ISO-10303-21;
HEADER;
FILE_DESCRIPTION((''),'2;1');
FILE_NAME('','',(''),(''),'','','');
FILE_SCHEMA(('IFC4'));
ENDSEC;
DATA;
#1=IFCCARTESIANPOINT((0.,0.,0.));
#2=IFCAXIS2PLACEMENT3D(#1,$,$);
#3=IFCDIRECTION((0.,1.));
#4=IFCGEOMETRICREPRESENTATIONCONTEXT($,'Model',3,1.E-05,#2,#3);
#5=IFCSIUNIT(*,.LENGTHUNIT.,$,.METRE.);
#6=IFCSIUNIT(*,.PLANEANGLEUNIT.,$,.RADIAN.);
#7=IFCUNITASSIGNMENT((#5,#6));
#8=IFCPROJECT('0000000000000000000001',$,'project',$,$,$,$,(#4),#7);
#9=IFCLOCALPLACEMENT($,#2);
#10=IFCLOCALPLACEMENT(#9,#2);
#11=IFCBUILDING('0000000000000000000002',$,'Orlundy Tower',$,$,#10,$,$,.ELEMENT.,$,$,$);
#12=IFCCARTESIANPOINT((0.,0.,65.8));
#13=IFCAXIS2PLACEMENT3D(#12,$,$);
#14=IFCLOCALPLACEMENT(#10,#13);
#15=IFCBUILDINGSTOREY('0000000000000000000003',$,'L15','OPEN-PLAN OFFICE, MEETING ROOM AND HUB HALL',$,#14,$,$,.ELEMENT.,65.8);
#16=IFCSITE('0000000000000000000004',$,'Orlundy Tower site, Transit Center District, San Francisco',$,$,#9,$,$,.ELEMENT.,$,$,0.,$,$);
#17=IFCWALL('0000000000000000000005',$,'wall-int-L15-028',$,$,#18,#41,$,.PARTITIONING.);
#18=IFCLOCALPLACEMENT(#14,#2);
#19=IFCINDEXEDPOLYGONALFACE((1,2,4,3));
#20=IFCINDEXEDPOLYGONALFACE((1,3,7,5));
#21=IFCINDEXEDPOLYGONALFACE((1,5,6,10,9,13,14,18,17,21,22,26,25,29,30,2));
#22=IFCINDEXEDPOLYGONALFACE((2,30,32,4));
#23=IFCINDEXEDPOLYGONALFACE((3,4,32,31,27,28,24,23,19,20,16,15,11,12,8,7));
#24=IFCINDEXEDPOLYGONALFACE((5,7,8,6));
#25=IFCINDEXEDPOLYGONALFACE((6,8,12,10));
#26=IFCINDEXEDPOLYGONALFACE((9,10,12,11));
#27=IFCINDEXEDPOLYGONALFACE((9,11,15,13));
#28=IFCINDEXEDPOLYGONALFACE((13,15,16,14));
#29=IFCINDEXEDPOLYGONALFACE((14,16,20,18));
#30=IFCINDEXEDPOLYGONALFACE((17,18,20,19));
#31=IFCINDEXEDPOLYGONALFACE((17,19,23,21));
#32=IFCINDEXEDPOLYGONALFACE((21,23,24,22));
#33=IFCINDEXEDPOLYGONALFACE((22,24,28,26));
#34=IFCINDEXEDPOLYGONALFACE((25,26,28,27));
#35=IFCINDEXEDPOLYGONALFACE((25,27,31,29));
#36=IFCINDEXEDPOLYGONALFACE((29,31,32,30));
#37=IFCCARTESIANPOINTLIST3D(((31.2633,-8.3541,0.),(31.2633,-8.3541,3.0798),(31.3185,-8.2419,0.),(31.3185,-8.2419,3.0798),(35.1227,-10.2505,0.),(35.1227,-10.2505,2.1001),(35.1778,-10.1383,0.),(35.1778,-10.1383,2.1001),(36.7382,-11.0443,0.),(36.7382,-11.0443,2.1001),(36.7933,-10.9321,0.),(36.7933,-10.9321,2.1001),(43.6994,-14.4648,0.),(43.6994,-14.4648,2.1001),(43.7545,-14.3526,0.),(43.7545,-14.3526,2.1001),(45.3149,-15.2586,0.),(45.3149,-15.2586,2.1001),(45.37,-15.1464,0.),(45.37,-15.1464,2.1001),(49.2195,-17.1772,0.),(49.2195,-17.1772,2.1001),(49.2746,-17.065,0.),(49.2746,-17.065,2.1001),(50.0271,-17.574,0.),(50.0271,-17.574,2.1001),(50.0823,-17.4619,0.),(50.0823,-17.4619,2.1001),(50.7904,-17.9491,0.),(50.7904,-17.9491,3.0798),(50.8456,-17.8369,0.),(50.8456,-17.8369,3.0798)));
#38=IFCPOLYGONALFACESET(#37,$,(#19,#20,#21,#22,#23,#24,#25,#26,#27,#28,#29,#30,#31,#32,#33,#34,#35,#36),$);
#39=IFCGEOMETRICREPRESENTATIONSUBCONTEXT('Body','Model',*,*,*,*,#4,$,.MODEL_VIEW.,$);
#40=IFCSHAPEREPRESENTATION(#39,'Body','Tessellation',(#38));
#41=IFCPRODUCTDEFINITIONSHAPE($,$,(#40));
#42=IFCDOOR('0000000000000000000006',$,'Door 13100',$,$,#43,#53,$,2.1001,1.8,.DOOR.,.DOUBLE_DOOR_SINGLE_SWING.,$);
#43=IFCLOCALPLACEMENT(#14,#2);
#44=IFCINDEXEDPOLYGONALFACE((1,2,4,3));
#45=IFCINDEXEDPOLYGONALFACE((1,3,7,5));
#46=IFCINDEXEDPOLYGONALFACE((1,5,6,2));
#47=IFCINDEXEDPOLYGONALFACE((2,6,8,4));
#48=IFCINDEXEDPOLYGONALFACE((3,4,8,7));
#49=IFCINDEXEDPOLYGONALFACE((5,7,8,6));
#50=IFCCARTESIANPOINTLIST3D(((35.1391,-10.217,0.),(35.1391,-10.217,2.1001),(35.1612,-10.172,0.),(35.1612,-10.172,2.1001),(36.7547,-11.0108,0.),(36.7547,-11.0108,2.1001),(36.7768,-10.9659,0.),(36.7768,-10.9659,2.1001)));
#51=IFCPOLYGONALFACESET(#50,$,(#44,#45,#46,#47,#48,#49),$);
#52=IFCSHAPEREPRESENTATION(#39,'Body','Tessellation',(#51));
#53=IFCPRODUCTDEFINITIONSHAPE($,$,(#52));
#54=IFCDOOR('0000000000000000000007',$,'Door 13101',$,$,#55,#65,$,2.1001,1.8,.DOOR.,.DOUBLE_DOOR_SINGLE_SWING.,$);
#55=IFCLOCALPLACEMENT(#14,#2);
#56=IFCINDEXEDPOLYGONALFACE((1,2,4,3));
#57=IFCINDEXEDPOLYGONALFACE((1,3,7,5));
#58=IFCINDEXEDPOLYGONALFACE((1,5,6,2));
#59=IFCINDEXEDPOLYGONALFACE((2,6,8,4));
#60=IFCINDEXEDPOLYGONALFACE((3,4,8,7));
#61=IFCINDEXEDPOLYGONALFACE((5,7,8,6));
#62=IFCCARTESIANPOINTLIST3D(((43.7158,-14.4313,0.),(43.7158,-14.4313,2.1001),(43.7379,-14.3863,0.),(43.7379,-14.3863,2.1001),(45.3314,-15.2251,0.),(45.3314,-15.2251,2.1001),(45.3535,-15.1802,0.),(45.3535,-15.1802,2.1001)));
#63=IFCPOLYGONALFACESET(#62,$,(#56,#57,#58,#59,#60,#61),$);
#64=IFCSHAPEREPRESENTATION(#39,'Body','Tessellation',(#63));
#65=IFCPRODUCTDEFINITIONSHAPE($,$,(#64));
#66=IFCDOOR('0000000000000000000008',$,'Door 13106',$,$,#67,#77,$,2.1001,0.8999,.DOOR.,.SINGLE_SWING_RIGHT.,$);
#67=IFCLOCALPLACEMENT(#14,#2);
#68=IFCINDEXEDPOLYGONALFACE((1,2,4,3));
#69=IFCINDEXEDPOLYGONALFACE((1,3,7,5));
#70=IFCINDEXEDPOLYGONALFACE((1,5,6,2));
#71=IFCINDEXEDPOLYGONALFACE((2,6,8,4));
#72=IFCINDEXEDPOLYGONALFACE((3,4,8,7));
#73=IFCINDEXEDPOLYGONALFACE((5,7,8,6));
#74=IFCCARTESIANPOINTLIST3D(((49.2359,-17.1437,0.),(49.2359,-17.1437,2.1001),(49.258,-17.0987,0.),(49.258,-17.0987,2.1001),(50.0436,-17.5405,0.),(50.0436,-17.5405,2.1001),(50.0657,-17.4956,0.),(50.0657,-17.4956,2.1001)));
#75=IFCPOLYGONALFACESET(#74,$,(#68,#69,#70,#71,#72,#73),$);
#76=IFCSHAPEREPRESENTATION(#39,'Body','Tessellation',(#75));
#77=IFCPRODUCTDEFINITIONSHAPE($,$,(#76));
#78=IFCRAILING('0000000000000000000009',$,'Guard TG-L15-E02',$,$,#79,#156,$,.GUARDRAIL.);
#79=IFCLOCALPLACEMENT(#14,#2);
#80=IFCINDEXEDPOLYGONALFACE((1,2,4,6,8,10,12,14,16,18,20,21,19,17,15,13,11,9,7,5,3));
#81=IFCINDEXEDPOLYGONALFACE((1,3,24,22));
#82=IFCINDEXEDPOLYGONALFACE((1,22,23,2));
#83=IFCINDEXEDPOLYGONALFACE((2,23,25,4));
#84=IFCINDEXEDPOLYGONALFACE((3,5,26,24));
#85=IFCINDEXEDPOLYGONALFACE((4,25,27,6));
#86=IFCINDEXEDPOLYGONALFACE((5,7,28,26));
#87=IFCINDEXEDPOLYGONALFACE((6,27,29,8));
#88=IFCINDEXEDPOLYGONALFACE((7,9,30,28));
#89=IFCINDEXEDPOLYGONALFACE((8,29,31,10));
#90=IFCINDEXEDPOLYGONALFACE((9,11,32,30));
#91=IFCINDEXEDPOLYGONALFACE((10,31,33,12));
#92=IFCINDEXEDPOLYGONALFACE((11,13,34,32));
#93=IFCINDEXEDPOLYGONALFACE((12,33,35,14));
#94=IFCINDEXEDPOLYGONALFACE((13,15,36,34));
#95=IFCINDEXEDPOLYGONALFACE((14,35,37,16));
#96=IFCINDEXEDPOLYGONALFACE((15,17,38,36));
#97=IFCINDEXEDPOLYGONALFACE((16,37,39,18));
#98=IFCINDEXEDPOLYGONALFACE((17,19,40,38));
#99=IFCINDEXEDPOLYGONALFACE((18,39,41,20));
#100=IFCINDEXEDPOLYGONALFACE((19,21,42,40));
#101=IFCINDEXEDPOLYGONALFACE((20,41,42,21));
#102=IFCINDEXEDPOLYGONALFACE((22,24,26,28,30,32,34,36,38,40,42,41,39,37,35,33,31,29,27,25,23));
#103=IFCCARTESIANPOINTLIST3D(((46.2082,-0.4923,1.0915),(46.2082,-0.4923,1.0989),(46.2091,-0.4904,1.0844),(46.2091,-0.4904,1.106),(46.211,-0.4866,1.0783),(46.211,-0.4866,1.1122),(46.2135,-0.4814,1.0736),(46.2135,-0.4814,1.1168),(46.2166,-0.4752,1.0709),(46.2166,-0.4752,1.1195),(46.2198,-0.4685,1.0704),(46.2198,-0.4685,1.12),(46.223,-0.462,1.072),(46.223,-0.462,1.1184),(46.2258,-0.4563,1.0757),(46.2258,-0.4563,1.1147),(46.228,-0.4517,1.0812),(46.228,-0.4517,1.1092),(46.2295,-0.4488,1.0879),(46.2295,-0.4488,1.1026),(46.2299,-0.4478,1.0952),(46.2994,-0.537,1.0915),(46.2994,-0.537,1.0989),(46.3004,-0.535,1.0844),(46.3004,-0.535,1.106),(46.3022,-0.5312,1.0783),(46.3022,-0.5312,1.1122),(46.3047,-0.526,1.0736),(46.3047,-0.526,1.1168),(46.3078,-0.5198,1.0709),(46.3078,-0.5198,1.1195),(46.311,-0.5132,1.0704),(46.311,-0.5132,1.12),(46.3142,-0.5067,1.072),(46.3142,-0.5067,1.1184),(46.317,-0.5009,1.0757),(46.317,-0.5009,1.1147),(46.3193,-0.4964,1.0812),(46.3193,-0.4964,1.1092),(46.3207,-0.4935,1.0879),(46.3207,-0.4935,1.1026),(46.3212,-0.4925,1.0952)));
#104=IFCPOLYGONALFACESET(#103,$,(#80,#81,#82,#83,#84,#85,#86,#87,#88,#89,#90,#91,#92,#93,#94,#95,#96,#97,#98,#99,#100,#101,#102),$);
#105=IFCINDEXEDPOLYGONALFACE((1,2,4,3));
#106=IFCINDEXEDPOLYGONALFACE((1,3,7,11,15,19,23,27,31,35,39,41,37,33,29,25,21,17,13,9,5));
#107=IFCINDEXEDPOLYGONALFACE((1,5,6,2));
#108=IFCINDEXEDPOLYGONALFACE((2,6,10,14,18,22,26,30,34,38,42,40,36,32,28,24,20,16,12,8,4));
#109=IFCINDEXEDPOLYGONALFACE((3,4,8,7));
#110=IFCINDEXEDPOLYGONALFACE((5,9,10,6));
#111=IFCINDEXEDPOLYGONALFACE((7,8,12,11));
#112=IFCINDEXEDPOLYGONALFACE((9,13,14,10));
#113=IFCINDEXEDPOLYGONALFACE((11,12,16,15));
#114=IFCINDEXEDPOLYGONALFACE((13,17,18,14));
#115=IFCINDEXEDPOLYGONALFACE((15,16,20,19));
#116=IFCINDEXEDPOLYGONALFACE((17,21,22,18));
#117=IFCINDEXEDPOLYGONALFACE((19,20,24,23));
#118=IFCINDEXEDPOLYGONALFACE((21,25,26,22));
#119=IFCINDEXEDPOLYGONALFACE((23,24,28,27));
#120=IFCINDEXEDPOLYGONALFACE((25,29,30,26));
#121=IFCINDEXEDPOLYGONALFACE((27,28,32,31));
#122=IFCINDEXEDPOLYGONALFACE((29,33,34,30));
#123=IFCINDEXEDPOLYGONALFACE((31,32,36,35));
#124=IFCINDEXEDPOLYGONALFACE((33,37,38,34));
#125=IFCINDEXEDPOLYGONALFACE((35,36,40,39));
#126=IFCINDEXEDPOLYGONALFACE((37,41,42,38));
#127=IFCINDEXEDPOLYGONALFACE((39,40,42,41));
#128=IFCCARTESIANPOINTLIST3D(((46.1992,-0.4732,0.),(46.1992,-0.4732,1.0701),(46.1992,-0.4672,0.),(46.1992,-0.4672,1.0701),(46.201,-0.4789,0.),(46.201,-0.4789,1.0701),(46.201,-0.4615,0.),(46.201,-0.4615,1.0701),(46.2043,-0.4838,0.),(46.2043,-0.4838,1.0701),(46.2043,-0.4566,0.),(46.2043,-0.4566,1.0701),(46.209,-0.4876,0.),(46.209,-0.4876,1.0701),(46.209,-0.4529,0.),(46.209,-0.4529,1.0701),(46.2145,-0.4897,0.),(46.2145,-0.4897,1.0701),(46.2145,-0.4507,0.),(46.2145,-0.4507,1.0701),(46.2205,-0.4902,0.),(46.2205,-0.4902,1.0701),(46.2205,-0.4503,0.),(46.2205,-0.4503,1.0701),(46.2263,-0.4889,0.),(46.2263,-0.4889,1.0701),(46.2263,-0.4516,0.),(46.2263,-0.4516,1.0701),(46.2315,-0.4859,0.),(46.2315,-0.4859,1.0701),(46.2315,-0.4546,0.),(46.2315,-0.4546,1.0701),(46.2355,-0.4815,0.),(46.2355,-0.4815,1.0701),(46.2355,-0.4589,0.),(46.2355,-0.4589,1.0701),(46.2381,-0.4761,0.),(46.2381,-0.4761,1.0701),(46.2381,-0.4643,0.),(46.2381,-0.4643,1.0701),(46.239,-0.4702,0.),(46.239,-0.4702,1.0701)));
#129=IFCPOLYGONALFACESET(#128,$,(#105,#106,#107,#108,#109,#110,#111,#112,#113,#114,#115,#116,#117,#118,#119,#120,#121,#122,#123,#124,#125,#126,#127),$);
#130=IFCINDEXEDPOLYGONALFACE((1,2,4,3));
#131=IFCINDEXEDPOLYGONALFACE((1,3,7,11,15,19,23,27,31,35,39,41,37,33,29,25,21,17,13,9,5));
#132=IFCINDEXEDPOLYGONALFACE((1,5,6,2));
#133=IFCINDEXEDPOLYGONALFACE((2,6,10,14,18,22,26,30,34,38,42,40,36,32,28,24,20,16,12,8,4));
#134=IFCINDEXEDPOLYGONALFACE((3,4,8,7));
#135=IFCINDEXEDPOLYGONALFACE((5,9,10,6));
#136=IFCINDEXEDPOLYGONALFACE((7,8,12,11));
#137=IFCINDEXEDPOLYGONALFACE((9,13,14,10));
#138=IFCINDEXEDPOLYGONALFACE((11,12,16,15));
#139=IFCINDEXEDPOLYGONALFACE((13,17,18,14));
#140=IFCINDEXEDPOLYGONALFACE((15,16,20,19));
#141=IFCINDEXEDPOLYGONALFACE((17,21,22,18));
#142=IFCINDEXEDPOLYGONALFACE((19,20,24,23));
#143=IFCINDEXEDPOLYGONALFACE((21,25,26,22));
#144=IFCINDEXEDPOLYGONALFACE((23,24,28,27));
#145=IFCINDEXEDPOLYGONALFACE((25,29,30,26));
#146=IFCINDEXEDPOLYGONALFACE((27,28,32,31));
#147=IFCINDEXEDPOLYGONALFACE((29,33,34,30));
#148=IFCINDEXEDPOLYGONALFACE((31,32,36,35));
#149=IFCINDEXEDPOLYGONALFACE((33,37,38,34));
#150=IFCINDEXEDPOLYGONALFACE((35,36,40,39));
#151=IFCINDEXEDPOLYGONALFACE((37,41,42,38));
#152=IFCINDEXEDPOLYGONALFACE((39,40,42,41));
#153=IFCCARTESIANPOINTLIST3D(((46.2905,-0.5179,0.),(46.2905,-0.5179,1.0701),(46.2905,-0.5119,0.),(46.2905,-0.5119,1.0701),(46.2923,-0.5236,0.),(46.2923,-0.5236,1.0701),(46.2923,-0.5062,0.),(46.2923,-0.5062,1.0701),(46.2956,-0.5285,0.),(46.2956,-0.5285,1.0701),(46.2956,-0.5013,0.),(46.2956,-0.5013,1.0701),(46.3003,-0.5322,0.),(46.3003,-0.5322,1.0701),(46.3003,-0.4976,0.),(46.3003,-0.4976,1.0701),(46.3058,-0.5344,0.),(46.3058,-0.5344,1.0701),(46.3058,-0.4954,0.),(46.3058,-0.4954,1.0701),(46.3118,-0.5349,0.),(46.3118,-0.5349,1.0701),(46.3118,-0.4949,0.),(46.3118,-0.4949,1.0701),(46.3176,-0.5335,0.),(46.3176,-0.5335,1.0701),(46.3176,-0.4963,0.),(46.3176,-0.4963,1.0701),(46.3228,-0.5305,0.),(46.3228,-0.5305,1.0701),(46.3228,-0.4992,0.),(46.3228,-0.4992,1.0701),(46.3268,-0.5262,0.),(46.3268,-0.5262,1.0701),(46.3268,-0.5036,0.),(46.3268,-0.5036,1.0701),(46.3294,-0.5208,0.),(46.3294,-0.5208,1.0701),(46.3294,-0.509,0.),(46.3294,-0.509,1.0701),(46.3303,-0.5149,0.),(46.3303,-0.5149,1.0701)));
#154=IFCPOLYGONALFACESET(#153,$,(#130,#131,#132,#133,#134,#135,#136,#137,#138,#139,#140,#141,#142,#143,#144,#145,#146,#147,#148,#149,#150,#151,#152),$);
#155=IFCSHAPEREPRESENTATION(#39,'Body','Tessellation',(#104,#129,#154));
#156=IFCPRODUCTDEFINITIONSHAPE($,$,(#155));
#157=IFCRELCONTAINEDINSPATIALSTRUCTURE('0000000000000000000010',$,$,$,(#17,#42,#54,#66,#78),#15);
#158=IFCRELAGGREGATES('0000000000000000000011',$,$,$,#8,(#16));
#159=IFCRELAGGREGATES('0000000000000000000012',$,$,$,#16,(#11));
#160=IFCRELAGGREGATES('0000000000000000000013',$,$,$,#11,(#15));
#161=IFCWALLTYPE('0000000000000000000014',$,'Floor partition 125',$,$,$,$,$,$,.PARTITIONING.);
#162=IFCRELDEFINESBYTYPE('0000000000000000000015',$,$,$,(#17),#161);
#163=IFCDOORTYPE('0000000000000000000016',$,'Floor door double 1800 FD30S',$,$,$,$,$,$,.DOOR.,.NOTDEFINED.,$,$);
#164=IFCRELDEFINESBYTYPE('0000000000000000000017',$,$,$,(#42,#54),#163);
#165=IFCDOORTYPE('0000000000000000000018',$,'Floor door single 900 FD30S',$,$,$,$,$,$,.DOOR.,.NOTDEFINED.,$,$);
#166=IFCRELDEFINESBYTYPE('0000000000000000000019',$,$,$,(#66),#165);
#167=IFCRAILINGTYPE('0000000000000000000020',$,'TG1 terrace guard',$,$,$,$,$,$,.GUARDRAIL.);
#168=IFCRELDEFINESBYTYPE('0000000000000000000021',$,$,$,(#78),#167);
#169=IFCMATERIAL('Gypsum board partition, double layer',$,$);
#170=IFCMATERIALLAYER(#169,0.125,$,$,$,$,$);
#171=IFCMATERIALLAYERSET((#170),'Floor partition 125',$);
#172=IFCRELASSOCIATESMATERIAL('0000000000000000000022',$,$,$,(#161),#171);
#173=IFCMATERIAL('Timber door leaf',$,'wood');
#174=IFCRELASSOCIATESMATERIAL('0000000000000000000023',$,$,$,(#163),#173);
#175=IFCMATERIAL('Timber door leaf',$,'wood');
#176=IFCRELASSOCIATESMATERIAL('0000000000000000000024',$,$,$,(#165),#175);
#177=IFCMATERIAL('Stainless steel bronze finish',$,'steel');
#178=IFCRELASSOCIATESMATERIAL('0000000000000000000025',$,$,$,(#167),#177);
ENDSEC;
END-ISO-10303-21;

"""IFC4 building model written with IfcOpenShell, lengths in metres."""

from ifc_helpers import new_model, si_unit, direction, frame, frame_2d, origin, origin_2d, place, context, subcontext, project, spatial, rectangle, circle, extrude, material, layer, layer_set, type_object, element, fill, save


model = new_model("IFC4")

# Units and contexts
model_context = context("Model", 3, precision=1e-05, world=origin(), true_north=direction((0.0, 1.0)))
body_context = subcontext(model_context, "Body", "Model", "MODEL_VIEW")
ifc_project = project(units=[si_unit("LENGTHUNIT", "METRE"), si_unit("PLANEANGLEUNIT", "RADIAN")], contexts=[model_context])

# Site, building, storey
site_placement = place(None, origin())
site = spatial("IfcSite", under=ifc_project, at=site_placement, Name="Orlundy Tower site, Transit Center District, San Francisco", CompositionType="ELEMENT", RefElevation=0.0)
building_placement = place(site_placement, origin())
building = spatial("IfcBuilding", under=site, at=building_placement, Name="Orlundy Tower", CompositionType="ELEMENT")
storey_placement = place(building_placement, frame((0.0, 0.0, 65.8)))
storey = spatial("IfcBuildingStorey", under=building, at=storey_placement, Name="L15", Description="OPEN-PLAN OFFICE, MEETING ROOM AND HUB HALL", CompositionType="ELEMENT", Elevation=65.8)

# Wall, openings, doors
ifc_material_1 = material(Name="Gypsum board partition, double layer")
ifc_layer_1 = layer(ifc_material_1, 0.125)
ifc_layer_set_1 = layer_set([ifc_layer_1], Name="Floor partition 125")
wall_type_1 = type_object("IfcWallType", Name="Floor partition 125", PredefinedType="PARTITIONING", material=ifc_layer_set_1)
wall_1_placement = place(storey_placement, frame((31.291, -8.2981, 0.0), z_axis=(0.0, 0.0, 1.0), x_axis=(0.897505, -0.441004, 0.0)))
wall_1 = element("IfcWall", 1, at=wall_1_placement, inside=storey, type_object=wall_type_1, Name="wall-int-L15-028", PredefinedType="PARTITIONING", context=body_context, shape_type="SweptSolid", body=[
    extrude(rectangle(XDim=21.7571, YDim=0.125, at=frame_2d((10.8784, 0.0))), origin(), (0.0, 0.0, 1.0), 3.0798),
])
opening_1_placement = place(wall_1_placement, frame((4.3, 0.0, 0.0)))
opening_1 = element("IfcOpeningElement", 2, at=opening_1_placement, cuts=wall_1, PredefinedType="OPENING", context=body_context, shape_type="SweptSolid", body=[
    extrude(rectangle(XDim=1.8, YDim=2.1001, at=frame_2d((0.8999, 1.05))), frame((0.0, 0.0725, 0.0), z_axis=(0.0, -1.0, 0.0), x_axis=(1.0, 0.0, 0.0)), (0.0, 0.0, 1.0), 0.145),
])
opening_2_placement = place(wall_1_placement, frame((13.8562, 0.0, 0.0)))
opening_2 = element("IfcOpeningElement", 3, at=opening_2_placement, cuts=wall_1, PredefinedType="OPENING", context=body_context, shape_type="SweptSolid", body=[
    extrude(rectangle(XDim=1.8, YDim=2.1001, at=frame_2d((0.8999, 1.05))), frame((0.0, 0.0725, 0.0), z_axis=(0.0, -1.0, 0.0), x_axis=(1.0, 0.0, 0.0)), (0.0, 0.0, 1.0), 0.145),
])
opening_3_placement = place(wall_1_placement, frame((20.0066, 0.0, 0.0)))
opening_3 = element("IfcOpeningElement", 4, at=opening_3_placement, cuts=wall_1, PredefinedType="OPENING", context=body_context, shape_type="SweptSolid", body=[
    extrude(rectangle(XDim=0.8999, YDim=2.1001, at=frame_2d((0.45, 1.05))), frame((0.0, 0.0725, 0.0), z_axis=(0.0, -1.0, 0.0), x_axis=(1.0, 0.0, 0.0)), (0.0, 0.0, 1.0), 0.145),
])
ifc_material_2 = material(Name="Timber door leaf", Category="wood")
door_type_1 = type_object("IfcDoorType", Name="Floor door double 1800 FD30S", OperationType="NOTDEFINED", PredefinedType="DOOR", material=ifc_material_2)
door_1_placement = place(opening_1_placement, origin())
door_1 = element("IfcDoor", 5, at=door_1_placement, inside=storey, type_object=door_type_1, Name="Door 13100", OperationType="DOUBLE_DOOR_SINGLE_SWING", OverallHeight=2.1001, OverallWidth=1.8, PredefinedType="DOOR", context=body_context, shape_type="SweptSolid", body=[
    extrude(rectangle(XDim=1.8, YDim=2.1001, at=frame_2d((0.8999, 1.05))), frame((0.0, 0.0249, 0.0), z_axis=(0.0, -1.0, 0.0), x_axis=(1.0, 0.0, 0.0)), (0.0, 0.0, 1.0), 0.05),
])
fill(opening_1, door_1)
door_2_placement = place(opening_2_placement, origin())
door_2 = element("IfcDoor", 6, at=door_2_placement, inside=storey, type_object=door_type_1, Name="Door 13101", OperationType="DOUBLE_DOOR_SINGLE_SWING", OverallHeight=2.1001, OverallWidth=1.8, PredefinedType="DOOR", context=body_context, shape_type="SweptSolid", body=[
    extrude(rectangle(XDim=1.8, YDim=2.1001, at=frame_2d((0.8999, 1.05))), frame((0.0, 0.0249, 0.0), z_axis=(0.0, -1.0, 0.0), x_axis=(1.0, 0.0, 0.0)), (0.0, 0.0, 1.0), 0.05),
])
fill(opening_2, door_2)
ifc_material_3 = material(Name="Timber door leaf", Category="wood")
door_type_2 = type_object("IfcDoorType", Name="Floor door single 900 FD30S", OperationType="NOTDEFINED", PredefinedType="DOOR", material=ifc_material_3)
door_3_placement = place(opening_3_placement, origin())
door_3 = element("IfcDoor", 7, at=door_3_placement, inside=storey, type_object=door_type_2, Name="Door 13106", OperationType="SINGLE_SWING_RIGHT", OverallHeight=2.1001, OverallWidth=0.8999, PredefinedType="DOOR", context=body_context, shape_type="SweptSolid", body=[
    extrude(rectangle(XDim=0.8999, YDim=2.1001, at=frame_2d((0.45, 1.05))), frame((0.0, 0.0249, 0.0), z_axis=(0.0, -1.0, 0.0), x_axis=(1.0, 0.0, 0.0)), (0.0, 0.0, 1.0), 0.05),
])
fill(opening_3, door_3)

# Railing
ifc_material_4 = material(Name="Stainless steel bronze finish", Category="steel")
railing_type = type_object("IfcRailingType", Name="TG1 terrace guard", PredefinedType="GUARDRAIL", material=ifc_material_4)
railing_placement = place(storey_placement, frame((46.219, -0.4702, 0.0)))
element("IfcRailing", 8, at=railing_placement, inside=storey, type_object=railing_type, Name="Guard TG-L15-E02", PredefinedType="GUARDRAIL", context=body_context, shape_type="SweptSolid", body=[
    extrude(circle(Radius=0.0249, at=origin_2d()), frame((0.0, 0.0, 1.0952), z_axis=(0.898237, -0.439512, 0.0), x_axis=(0.439512, 0.898237, 0.0)), (0.0, 0.0, 1.0), 0.1016),
    extrude(circle(Radius=0.02, at=origin_2d()), origin(), (0.0, 0.0, 1.0), 1.0701),
    extrude(circle(Radius=0.02, at=origin_2d()), frame((0.0913, -0.0447, 0.0)), (0.0, 0.0, 1.0), 1.0701),
])

save(model, "model.ifc")
